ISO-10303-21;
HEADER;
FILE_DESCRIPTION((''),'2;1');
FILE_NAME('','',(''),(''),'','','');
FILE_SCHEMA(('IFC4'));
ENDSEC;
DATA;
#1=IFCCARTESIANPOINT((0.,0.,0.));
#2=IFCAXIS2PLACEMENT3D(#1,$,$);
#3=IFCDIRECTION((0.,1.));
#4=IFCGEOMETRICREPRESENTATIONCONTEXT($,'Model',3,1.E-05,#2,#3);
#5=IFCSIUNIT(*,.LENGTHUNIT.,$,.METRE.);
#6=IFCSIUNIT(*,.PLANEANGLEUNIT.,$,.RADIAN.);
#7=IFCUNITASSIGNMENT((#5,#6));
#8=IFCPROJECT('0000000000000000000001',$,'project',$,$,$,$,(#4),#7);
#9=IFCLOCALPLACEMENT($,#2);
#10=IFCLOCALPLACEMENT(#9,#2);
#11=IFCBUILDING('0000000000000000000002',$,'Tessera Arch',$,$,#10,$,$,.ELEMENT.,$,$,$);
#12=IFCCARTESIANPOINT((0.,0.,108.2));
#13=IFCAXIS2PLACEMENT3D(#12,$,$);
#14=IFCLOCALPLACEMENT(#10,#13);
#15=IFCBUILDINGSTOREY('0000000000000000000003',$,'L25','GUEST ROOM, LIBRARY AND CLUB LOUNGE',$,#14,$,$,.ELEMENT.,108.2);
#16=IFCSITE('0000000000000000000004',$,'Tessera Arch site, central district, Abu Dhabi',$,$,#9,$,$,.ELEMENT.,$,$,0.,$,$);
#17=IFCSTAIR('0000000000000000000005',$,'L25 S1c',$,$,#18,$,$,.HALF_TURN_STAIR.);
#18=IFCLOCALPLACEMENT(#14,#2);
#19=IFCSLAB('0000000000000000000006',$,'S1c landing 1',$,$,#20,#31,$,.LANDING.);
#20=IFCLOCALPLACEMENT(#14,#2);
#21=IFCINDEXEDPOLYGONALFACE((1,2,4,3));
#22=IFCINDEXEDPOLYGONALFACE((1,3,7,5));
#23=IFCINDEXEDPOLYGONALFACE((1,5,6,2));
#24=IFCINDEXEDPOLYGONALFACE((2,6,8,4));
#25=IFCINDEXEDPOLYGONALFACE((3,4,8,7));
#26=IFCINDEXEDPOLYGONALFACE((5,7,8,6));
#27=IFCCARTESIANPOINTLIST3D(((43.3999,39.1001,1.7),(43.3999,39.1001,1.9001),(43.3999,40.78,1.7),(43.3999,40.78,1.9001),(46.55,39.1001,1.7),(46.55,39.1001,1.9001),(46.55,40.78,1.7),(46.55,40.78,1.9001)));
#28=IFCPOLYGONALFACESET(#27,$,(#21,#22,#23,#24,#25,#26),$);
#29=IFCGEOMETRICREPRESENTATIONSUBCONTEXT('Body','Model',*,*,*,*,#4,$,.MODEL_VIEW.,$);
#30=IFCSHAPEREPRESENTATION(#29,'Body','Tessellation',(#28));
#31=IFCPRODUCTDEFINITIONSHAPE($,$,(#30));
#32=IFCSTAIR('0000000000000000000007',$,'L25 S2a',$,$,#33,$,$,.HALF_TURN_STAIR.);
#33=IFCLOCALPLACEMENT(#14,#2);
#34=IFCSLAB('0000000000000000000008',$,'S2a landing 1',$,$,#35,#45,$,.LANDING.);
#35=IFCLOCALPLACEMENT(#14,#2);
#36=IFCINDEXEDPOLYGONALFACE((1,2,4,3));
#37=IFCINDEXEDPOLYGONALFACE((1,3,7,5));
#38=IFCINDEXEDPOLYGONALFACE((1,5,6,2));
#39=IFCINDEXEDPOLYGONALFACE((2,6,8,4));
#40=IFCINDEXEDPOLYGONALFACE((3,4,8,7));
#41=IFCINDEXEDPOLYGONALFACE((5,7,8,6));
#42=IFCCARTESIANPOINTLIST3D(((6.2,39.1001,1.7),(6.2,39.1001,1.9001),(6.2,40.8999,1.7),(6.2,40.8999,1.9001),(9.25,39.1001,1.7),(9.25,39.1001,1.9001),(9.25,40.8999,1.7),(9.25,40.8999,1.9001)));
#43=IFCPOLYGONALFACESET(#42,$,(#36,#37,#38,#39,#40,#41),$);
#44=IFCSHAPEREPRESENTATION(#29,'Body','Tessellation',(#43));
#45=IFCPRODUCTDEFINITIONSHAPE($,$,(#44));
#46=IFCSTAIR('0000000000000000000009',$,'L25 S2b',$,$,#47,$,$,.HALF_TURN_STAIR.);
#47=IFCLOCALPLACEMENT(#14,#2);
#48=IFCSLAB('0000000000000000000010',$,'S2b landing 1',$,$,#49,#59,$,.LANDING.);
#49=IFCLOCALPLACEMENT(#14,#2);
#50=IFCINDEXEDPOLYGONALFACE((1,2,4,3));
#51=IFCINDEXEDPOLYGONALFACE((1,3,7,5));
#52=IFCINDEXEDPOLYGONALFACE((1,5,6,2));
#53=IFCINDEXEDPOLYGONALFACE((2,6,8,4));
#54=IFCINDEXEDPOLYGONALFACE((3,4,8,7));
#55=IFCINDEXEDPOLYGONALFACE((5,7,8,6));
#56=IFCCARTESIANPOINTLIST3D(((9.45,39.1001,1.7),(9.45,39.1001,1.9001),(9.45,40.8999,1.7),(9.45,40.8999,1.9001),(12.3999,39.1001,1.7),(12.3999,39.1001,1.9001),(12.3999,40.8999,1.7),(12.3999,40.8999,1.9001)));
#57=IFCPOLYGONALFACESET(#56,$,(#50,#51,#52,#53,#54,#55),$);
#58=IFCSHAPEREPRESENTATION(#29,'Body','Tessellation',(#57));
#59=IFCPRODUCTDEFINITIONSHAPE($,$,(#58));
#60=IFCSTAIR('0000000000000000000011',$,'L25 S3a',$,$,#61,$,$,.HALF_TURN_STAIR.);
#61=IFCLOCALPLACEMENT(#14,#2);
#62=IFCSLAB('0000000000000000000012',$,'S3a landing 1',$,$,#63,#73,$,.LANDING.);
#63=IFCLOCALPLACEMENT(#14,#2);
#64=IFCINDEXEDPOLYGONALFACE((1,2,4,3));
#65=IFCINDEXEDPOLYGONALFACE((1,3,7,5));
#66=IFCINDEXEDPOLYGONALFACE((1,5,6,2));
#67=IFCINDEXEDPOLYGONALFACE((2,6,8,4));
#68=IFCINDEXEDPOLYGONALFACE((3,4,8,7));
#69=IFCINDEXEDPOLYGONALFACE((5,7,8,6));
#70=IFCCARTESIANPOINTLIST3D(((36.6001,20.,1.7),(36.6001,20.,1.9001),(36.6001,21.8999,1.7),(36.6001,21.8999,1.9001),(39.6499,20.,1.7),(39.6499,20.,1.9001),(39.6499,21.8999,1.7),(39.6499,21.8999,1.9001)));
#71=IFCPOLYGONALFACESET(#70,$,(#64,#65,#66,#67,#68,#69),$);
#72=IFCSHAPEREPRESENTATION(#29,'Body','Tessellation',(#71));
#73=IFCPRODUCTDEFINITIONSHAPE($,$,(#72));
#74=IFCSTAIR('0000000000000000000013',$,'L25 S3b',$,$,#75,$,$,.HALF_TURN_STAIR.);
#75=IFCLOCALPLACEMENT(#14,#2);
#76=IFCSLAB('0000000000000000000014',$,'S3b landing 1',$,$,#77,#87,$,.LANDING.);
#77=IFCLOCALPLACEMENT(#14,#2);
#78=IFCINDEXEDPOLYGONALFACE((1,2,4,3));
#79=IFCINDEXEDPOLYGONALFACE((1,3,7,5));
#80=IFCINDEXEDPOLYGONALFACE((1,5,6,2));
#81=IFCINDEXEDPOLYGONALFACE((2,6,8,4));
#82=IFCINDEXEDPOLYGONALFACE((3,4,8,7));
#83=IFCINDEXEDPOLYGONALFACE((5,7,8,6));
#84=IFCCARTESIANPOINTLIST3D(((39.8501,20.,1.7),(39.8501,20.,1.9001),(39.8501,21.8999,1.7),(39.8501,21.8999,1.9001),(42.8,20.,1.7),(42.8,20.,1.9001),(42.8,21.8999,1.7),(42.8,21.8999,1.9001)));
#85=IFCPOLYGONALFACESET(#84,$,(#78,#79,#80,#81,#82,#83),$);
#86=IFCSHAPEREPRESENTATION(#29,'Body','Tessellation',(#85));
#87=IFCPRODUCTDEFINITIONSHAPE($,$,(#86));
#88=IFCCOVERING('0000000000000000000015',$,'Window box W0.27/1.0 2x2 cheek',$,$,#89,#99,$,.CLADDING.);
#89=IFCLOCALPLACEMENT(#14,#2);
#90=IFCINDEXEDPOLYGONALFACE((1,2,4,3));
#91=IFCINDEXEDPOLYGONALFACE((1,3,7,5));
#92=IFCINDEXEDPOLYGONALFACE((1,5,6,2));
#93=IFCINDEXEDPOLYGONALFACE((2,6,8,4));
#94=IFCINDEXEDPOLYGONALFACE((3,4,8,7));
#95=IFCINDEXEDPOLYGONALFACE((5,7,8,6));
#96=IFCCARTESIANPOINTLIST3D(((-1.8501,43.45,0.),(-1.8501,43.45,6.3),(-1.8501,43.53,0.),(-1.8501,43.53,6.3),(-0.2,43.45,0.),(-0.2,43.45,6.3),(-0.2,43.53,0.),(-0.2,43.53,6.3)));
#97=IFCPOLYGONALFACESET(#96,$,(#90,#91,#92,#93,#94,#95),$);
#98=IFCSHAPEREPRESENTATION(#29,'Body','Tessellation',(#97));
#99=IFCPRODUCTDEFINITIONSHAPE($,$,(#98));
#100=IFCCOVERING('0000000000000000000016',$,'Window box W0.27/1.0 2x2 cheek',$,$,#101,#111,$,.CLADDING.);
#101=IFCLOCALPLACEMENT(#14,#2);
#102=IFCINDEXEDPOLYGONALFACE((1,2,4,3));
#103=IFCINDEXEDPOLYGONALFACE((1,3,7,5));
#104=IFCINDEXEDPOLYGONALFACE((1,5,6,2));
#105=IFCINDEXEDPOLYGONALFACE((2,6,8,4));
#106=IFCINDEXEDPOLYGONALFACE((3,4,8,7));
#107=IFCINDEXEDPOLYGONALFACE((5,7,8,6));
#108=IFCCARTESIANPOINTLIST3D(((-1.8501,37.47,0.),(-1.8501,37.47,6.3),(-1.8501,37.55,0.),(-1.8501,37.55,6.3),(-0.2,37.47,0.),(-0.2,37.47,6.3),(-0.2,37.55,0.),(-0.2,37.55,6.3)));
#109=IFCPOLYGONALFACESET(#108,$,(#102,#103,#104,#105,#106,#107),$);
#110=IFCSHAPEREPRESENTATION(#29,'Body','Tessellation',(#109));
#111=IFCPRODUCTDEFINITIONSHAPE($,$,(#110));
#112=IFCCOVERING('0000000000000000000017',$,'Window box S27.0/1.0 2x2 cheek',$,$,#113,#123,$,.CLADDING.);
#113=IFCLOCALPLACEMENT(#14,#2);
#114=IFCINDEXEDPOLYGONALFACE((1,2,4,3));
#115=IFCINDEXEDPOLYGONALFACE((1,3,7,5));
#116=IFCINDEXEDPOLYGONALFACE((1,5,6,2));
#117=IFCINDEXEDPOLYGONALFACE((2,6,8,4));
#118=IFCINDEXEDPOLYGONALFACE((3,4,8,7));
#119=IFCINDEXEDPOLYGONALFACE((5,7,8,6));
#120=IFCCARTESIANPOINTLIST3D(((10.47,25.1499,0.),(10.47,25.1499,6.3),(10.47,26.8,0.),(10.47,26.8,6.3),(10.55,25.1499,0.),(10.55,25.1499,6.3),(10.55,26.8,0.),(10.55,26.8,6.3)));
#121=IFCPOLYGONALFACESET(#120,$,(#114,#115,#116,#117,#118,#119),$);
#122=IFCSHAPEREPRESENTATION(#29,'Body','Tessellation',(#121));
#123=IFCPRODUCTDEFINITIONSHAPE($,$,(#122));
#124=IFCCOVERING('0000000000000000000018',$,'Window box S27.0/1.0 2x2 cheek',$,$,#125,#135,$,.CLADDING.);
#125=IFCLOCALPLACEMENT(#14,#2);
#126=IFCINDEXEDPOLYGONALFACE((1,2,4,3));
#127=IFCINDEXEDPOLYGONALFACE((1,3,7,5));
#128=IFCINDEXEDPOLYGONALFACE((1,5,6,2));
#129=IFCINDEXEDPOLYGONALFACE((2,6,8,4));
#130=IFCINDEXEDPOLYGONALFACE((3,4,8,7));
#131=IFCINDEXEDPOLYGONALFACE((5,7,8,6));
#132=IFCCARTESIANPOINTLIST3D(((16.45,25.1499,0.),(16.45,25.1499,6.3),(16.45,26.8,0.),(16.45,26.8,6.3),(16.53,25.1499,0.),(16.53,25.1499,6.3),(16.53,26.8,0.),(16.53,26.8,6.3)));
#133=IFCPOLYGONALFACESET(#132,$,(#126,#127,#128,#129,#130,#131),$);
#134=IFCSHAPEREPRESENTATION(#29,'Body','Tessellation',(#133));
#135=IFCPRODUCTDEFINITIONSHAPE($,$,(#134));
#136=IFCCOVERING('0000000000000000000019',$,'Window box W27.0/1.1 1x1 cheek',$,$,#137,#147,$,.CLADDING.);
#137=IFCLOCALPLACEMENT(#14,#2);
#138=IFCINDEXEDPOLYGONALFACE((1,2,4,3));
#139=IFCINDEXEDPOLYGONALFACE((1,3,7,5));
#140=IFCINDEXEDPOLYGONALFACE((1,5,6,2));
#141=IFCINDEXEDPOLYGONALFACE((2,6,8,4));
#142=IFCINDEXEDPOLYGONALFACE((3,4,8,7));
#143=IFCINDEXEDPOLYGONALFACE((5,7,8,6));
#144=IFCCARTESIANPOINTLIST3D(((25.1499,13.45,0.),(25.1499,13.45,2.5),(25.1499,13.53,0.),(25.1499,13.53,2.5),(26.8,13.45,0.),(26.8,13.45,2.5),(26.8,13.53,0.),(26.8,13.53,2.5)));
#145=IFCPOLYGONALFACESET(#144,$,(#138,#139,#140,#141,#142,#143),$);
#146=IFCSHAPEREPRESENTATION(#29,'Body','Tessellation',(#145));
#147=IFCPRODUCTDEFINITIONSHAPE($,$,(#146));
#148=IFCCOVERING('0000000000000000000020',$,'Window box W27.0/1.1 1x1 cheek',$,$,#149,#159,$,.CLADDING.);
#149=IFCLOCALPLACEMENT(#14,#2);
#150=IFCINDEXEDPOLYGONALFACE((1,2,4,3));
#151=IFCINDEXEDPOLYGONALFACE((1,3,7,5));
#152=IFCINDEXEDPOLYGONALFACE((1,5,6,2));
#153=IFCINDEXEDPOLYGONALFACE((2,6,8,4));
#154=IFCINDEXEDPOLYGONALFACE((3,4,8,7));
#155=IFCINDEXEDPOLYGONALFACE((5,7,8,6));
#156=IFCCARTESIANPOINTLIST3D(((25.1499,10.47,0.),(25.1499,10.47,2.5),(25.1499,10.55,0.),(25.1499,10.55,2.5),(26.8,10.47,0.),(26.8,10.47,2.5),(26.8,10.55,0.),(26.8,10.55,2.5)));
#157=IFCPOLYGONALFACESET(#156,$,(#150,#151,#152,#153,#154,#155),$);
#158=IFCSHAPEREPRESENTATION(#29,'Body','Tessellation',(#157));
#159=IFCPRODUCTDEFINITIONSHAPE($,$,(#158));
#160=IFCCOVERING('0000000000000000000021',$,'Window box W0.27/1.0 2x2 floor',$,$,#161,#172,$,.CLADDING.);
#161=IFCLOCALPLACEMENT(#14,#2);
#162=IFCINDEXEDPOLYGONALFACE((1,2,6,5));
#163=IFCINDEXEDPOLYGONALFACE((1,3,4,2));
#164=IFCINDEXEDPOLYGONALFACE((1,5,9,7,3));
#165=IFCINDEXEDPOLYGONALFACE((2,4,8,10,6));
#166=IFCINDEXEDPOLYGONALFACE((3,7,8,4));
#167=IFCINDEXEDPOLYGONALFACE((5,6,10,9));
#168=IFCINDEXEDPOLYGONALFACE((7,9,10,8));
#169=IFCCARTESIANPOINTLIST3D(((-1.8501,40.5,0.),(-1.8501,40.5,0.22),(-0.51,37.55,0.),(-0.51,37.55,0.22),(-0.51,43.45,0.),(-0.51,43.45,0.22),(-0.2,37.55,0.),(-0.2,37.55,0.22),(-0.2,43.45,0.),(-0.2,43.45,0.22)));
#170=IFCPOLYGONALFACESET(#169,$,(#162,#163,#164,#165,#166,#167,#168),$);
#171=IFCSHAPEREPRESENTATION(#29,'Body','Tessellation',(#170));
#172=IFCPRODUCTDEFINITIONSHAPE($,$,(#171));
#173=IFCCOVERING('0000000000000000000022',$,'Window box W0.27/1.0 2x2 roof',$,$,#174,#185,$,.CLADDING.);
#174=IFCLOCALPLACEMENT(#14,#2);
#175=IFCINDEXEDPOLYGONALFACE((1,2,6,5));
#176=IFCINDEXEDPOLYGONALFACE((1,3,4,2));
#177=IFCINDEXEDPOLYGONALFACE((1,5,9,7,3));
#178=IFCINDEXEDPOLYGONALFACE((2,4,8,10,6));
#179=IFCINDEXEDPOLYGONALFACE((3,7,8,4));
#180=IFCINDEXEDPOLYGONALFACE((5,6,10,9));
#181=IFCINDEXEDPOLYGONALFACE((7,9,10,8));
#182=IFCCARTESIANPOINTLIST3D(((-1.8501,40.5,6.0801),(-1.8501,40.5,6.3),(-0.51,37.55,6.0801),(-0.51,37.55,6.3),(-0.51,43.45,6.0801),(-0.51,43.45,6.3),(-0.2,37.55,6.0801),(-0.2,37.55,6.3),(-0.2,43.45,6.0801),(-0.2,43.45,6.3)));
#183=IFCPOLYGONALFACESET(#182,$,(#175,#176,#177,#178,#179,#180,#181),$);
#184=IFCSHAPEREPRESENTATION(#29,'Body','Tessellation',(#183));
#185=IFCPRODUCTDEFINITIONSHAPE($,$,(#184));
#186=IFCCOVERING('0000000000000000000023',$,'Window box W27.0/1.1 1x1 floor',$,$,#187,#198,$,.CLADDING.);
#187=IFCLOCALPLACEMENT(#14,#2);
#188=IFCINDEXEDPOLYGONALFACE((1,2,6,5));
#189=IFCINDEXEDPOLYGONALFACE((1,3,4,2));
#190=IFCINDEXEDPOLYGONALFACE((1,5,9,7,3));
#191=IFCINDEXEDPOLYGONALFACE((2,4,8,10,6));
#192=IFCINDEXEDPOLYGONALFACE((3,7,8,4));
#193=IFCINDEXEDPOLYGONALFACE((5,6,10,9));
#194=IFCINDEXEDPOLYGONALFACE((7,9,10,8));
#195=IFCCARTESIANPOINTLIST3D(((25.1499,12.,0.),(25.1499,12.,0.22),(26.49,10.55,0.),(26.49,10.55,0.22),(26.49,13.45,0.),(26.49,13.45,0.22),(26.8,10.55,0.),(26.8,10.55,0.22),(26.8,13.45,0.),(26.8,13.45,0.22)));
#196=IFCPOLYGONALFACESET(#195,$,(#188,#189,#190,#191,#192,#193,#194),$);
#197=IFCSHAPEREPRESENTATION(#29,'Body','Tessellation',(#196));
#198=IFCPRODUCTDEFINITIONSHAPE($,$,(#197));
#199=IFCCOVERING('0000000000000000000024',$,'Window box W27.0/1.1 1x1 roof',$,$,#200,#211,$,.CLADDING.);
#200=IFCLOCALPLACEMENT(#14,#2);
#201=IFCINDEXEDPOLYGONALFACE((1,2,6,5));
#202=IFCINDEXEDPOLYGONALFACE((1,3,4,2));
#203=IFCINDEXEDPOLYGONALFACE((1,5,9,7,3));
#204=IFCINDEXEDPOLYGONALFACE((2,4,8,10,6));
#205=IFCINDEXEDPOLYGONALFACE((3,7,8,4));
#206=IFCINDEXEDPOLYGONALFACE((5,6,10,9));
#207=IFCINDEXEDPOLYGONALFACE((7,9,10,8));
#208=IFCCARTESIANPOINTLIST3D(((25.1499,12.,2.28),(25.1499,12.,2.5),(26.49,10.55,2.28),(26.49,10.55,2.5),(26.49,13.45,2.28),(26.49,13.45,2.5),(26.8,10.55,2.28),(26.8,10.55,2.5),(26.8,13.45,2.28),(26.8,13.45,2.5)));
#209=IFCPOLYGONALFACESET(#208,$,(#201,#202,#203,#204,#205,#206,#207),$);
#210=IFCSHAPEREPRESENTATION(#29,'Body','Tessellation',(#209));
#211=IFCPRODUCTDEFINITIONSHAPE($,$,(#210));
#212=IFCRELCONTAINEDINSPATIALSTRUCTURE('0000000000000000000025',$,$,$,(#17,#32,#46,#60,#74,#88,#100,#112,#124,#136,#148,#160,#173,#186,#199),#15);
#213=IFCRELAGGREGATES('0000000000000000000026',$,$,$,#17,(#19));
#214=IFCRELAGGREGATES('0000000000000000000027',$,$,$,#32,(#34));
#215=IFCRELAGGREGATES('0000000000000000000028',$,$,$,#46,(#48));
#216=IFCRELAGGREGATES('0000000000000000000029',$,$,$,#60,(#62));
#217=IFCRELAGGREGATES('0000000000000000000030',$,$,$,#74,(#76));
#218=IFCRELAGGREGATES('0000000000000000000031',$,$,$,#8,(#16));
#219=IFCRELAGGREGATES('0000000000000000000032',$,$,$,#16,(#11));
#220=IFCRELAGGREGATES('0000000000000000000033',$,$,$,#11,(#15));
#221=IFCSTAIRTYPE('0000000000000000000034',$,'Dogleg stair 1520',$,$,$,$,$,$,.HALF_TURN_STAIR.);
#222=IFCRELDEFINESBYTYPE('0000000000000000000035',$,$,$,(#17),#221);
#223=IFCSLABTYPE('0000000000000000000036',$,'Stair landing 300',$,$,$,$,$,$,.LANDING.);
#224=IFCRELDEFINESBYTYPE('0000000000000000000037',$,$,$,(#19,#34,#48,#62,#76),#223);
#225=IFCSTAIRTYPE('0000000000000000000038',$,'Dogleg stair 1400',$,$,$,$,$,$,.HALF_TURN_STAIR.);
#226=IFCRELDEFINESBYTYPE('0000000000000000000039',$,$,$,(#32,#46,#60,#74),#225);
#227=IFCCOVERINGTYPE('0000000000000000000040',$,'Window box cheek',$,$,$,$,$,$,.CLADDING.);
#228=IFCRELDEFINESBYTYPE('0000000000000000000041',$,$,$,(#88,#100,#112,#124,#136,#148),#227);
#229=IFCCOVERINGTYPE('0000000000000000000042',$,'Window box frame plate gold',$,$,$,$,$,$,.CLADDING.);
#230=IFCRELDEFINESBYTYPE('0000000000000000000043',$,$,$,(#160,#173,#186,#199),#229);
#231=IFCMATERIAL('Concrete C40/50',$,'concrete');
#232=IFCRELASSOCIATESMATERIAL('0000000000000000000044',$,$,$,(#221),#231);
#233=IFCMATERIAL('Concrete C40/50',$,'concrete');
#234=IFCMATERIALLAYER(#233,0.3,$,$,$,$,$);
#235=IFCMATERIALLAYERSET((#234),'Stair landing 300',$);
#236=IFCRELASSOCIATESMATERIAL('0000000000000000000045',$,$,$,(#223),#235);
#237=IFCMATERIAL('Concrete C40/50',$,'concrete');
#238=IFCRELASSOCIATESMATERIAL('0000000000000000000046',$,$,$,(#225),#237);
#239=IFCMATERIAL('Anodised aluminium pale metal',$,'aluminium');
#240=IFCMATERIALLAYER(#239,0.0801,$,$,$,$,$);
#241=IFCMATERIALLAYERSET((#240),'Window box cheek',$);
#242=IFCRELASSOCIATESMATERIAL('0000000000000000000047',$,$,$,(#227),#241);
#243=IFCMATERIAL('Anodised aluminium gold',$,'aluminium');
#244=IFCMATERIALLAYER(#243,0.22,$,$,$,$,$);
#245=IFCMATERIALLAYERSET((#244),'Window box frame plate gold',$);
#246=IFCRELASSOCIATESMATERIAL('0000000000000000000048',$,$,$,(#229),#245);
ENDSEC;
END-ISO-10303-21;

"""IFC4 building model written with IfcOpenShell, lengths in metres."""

from ifc_helpers import new_model, si_unit, direction, frame, origin, place, context, subcontext, project, spatial, polyline, outline, extrude, material, layer, layer_set, type_object, element, aggregate, save


model = new_model("IFC4")

# Units and contexts
model_context = context("Model", 3, precision=1e-05, world=origin(), true_north=direction((0.0, 1.0)))
body_context = subcontext(model_context, "Body", "Model", "MODEL_VIEW")
ifc_project = project(units=[si_unit("LENGTHUNIT", "METRE"), si_unit("PLANEANGLEUNIT", "RADIAN")], contexts=[model_context])

# Site, building, storey
site_placement = place(None, origin())
site = spatial("IfcSite", under=ifc_project, at=site_placement, Name="Tessera Arch site, central district, Abu Dhabi", CompositionType="ELEMENT", RefElevation=0.0)
building_placement = place(site_placement, origin())
building = spatial("IfcBuilding", under=site, at=building_placement, Name="Tessera Arch", CompositionType="ELEMENT")
storey_placement = place(building_placement, frame((0.0, 0.0, 108.2)))
storey = spatial("IfcBuildingStorey", under=building, at=storey_placement, Name="L25", Description="GUEST ROOM, LIBRARY AND CLUB LOUNGE", CompositionType="ELEMENT", Elevation=108.2)

# Stairs, slabs
ifc_material_1 = material(Name="Concrete C40/50", Category="concrete")
stair_type_1 = type_object("IfcStairType", Name="Dogleg stair 1520", PredefinedType="HALF_TURN_STAIR", material=ifc_material_1)
ifc_material_2 = material(Name="Concrete C40/50", Category="concrete")
ifc_layer_1 = layer(ifc_material_2, 0.3)
ifc_layer_set_1 = layer_set([ifc_layer_1], Name="Stair landing 300")
slab_type = type_object("IfcSlabType", Name="Stair landing 300", PredefinedType="LANDING", material=ifc_layer_set_1)
stair_1_placement = place(storey_placement, origin())
stair_1 = element("IfcStair", 1, at=stair_1_placement, inside=storey, type_object=stair_type_1, Name="L25 S1c", PredefinedType="HALF_TURN_STAIR")
slab_1_placement = place(storey_placement, frame((0.0, 0.0, 1.7)))
slab_1 = element("IfcSlab", 2, at=slab_1_placement, type_object=slab_type, Name="S1c landing 1", PredefinedType="LANDING", context=body_context, shape_type="SweptSolid", body=[
    extrude(outline(polyline([(43.3999, 40.78), (43.3999, 39.1001), (46.55, 39.1001), (46.55, 40.78), (43.3999, 40.78)])), origin(), (0.0, 0.0, 1.0), 0.2002),
])
aggregate(stair_1, [slab_1])
ifc_material_3 = material(Name="Concrete C40/50", Category="concrete")
stair_type_2 = type_object("IfcStairType", Name="Dogleg stair 1400", PredefinedType="HALF_TURN_STAIR", material=ifc_material_3)
stair_2_placement = place(storey_placement, origin())
stair_2 = element("IfcStair", 3, at=stair_2_placement, inside=storey, type_object=stair_type_2, Name="L25 S2a", PredefinedType="HALF_TURN_STAIR")
slab_2_placement = place(storey_placement, frame((0.0, 0.0, 1.7)))
slab_2 = element("IfcSlab", 4, at=slab_2_placement, type_object=slab_type, Name="S2a landing 1", PredefinedType="LANDING", context=body_context, shape_type="SweptSolid", body=[
    extrude(outline(polyline([(6.2, 40.8999), (6.2, 39.1001), (9.25, 39.1001), (9.25, 40.8999), (6.2, 40.8999)])), origin(), (0.0, 0.0, 1.0), 0.2002),
])
aggregate(stair_2, [slab_2])
stair_3_placement = place(storey_placement, origin())
stair_3 = element("IfcStair", 5, at=stair_3_placement, inside=storey, type_object=stair_type_2, Name="L25 S2b", PredefinedType="HALF_TURN_STAIR")
slab_3_placement = place(storey_placement, frame((0.0, 0.0, 1.7)))
slab_3 = element("IfcSlab", 6, at=slab_3_placement, type_object=slab_type, Name="S2b landing 1", PredefinedType="LANDING", context=body_context, shape_type="SweptSolid", body=[
    extrude(outline(polyline([(9.45, 40.8999), (9.45, 39.1001), (12.3999, 39.1001), (12.3999, 40.8999), (9.45, 40.8999)])), origin(), (0.0, 0.0, 1.0), 0.2002),
])
aggregate(stair_3, [slab_3])
stair_4_placement = place(storey_placement, origin())
stair_4 = element("IfcStair", 7, at=stair_4_placement, inside=storey, type_object=stair_type_2, Name="L25 S3a", PredefinedType="HALF_TURN_STAIR")
slab_4_placement = place(storey_placement, frame((0.0, 0.0, 1.7)))
slab_4 = element("IfcSlab", 8, at=slab_4_placement, type_object=slab_type, Name="S3a landing 1", PredefinedType="LANDING", context=body_context, shape_type="SweptSolid", body=[
    extrude(outline(polyline([(39.6499, 20.0), (39.6499, 21.8999), (36.6001, 21.8999), (36.6001, 20.0), (39.6499, 20.0)])), origin(), (0.0, 0.0, 1.0), 0.2002),
])
aggregate(stair_4, [slab_4])
stair_5_placement = place(storey_placement, origin())
stair_5 = element("IfcStair", 9, at=stair_5_placement, inside=storey, type_object=stair_type_2, Name="L25 S3b", PredefinedType="HALF_TURN_STAIR")
slab_5_placement = place(storey_placement, frame((0.0, 0.0, 1.7)))
slab_5 = element("IfcSlab", 10, at=slab_5_placement, type_object=slab_type, Name="S3b landing 1", PredefinedType="LANDING", context=body_context, shape_type="SweptSolid", body=[
    extrude(outline(polyline([(42.8, 20.0), (42.8, 21.8999), (39.8501, 21.8999), (39.8501, 20.0), (42.8, 20.0)])), origin(), (0.0, 0.0, 1.0), 0.2002),
])
aggregate(stair_5, [slab_5])

# Coverings
ifc_material_4 = material(Name="Anodised aluminium pale metal", Category="aluminium")
ifc_layer_2 = layer(ifc_material_4, 0.0801)
ifc_layer_set_2 = layer_set([ifc_layer_2], Name="Window box cheek")
covering_type_1 = type_object("IfcCoveringType", Name="Window box cheek", PredefinedType="CLADDING", material=ifc_layer_set_2)
covering_1_placement = place(storey_placement, origin())
element("IfcCovering", 11, at=covering_1_placement, inside=storey, type_object=covering_type_1, Name="Window box W0.27/1.0 2x2 cheek", PredefinedType="CLADDING", context=body_context, shape_type="SweptSolid", body=[
    extrude(outline(polyline([(-1.8501, 43.53), (-1.8501, 43.45), (-0.2, 43.45), (-0.2, 43.53), (-1.8501, 43.53)])), origin(), (0.0, 0.0, 1.0), 6.3),
])
covering_2_placement = place(storey_placement, origin())
element("IfcCovering", 12, at=covering_2_placement, inside=storey, type_object=covering_type_1, Name="Window box W0.27/1.0 2x2 cheek", PredefinedType="CLADDING", context=body_context, shape_type="SweptSolid", body=[
    extrude(outline(polyline([(-1.8501, 37.55), (-1.8501, 37.47), (-0.2, 37.47), (-0.2, 37.55), (-1.8501, 37.55)])), origin(), (0.0, 0.0, 1.0), 6.3),
])
covering_3_placement = place(storey_placement, origin())
element("IfcCovering", 13, at=covering_3_placement, inside=storey, type_object=covering_type_1, Name="Window box S27.0/1.0 2x2 cheek", PredefinedType="CLADDING", context=body_context, shape_type="SweptSolid", body=[
    extrude(outline(polyline([(10.47, 25.1499), (10.55, 25.1499), (10.55, 26.8), (10.47, 26.8), (10.47, 25.1499)])), origin(), (0.0, 0.0, 1.0), 6.3),
])
covering_4_placement = place(storey_placement, origin())
element("IfcCovering", 14, at=covering_4_placement, inside=storey, type_object=covering_type_1, Name="Window box S27.0/1.0 2x2 cheek", PredefinedType="CLADDING", context=body_context, shape_type="SweptSolid", body=[
    extrude(outline(polyline([(16.45, 25.1499), (16.53, 25.1499), (16.53, 26.8), (16.45, 26.8), (16.45, 25.1499)])), origin(), (0.0, 0.0, 1.0), 6.3),
])
covering_5_placement = place(storey_placement, origin())
element("IfcCovering", 15, at=covering_5_placement, inside=storey, type_object=covering_type_1, Name="Window box W27.0/1.1 1x1 cheek", PredefinedType="CLADDING", context=body_context, shape_type="SweptSolid", body=[
    extrude(outline(polyline([(25.1499, 13.53), (25.1499, 13.45), (26.8, 13.45), (26.8, 13.53), (25.1499, 13.53)])), origin(), (0.0, 0.0, 1.0), 2.5),
])
covering_6_placement = place(storey_placement, origin())
element("IfcCovering", 16, at=covering_6_placement, inside=storey, type_object=covering_type_1, Name="Window box W27.0/1.1 1x1 cheek", PredefinedType="CLADDING", context=body_context, shape_type="SweptSolid", body=[
    extrude(outline(polyline([(25.1499, 10.55), (25.1499, 10.47), (26.8, 10.47), (26.8, 10.55), (25.1499, 10.55)])), origin(), (0.0, 0.0, 1.0), 2.5),
])
ifc_material_5 = material(Name="Anodised aluminium gold", Category="aluminium")
ifc_layer_3 = layer(ifc_material_5, 0.22)
ifc_layer_set_3 = layer_set([ifc_layer_3], Name="Window box frame plate gold")
covering_type_2 = type_object("IfcCoveringType", Name="Window box frame plate gold", PredefinedType="CLADDING", material=ifc_layer_set_3)
for number, where, name in (
    (17, (0.0, 0.0, 0.0), "Window box W0.27/1.0 2x2 floor"),
    (18, (0.0, 0.0, 6.0801), "Window box W0.27/1.0 2x2 roof"),
):
    element("IfcCovering", number, at=place(storey_placement, frame(where)), inside=storey, type_object=covering_type_2, Name=name, PredefinedType="CLADDING", context=body_context, shape_type="SweptSolid", body=[
        extrude(outline(polyline([(-0.51, 43.45), (-1.8501, 40.5), (-0.51, 37.55), (-0.2, 37.55), (-0.2, 43.45), (-0.51, 43.45)])), origin(), (0.0, 0.0, 1.0), 0.22),
    ])
for number, where, name in (
    (19, (0.0, 0.0, 0.0), "Window box W27.0/1.1 1x1 floor"),
    (20, (0.0, 0.0, 2.28), "Window box W27.0/1.1 1x1 roof"),
):
    element("IfcCovering", number, at=place(storey_placement, frame(where)), inside=storey, type_object=covering_type_2, Name=name, PredefinedType="CLADDING", context=body_context, shape_type="SweptSolid", body=[
        extrude(outline(polyline([(26.49, 13.45), (25.1499, 12.0), (26.49, 10.55), (26.8, 10.55), (26.8, 13.45), (26.49, 13.45)])), origin(), (0.0, 0.0, 1.0), 0.22),
    ])

save(model, "model.ifc")
